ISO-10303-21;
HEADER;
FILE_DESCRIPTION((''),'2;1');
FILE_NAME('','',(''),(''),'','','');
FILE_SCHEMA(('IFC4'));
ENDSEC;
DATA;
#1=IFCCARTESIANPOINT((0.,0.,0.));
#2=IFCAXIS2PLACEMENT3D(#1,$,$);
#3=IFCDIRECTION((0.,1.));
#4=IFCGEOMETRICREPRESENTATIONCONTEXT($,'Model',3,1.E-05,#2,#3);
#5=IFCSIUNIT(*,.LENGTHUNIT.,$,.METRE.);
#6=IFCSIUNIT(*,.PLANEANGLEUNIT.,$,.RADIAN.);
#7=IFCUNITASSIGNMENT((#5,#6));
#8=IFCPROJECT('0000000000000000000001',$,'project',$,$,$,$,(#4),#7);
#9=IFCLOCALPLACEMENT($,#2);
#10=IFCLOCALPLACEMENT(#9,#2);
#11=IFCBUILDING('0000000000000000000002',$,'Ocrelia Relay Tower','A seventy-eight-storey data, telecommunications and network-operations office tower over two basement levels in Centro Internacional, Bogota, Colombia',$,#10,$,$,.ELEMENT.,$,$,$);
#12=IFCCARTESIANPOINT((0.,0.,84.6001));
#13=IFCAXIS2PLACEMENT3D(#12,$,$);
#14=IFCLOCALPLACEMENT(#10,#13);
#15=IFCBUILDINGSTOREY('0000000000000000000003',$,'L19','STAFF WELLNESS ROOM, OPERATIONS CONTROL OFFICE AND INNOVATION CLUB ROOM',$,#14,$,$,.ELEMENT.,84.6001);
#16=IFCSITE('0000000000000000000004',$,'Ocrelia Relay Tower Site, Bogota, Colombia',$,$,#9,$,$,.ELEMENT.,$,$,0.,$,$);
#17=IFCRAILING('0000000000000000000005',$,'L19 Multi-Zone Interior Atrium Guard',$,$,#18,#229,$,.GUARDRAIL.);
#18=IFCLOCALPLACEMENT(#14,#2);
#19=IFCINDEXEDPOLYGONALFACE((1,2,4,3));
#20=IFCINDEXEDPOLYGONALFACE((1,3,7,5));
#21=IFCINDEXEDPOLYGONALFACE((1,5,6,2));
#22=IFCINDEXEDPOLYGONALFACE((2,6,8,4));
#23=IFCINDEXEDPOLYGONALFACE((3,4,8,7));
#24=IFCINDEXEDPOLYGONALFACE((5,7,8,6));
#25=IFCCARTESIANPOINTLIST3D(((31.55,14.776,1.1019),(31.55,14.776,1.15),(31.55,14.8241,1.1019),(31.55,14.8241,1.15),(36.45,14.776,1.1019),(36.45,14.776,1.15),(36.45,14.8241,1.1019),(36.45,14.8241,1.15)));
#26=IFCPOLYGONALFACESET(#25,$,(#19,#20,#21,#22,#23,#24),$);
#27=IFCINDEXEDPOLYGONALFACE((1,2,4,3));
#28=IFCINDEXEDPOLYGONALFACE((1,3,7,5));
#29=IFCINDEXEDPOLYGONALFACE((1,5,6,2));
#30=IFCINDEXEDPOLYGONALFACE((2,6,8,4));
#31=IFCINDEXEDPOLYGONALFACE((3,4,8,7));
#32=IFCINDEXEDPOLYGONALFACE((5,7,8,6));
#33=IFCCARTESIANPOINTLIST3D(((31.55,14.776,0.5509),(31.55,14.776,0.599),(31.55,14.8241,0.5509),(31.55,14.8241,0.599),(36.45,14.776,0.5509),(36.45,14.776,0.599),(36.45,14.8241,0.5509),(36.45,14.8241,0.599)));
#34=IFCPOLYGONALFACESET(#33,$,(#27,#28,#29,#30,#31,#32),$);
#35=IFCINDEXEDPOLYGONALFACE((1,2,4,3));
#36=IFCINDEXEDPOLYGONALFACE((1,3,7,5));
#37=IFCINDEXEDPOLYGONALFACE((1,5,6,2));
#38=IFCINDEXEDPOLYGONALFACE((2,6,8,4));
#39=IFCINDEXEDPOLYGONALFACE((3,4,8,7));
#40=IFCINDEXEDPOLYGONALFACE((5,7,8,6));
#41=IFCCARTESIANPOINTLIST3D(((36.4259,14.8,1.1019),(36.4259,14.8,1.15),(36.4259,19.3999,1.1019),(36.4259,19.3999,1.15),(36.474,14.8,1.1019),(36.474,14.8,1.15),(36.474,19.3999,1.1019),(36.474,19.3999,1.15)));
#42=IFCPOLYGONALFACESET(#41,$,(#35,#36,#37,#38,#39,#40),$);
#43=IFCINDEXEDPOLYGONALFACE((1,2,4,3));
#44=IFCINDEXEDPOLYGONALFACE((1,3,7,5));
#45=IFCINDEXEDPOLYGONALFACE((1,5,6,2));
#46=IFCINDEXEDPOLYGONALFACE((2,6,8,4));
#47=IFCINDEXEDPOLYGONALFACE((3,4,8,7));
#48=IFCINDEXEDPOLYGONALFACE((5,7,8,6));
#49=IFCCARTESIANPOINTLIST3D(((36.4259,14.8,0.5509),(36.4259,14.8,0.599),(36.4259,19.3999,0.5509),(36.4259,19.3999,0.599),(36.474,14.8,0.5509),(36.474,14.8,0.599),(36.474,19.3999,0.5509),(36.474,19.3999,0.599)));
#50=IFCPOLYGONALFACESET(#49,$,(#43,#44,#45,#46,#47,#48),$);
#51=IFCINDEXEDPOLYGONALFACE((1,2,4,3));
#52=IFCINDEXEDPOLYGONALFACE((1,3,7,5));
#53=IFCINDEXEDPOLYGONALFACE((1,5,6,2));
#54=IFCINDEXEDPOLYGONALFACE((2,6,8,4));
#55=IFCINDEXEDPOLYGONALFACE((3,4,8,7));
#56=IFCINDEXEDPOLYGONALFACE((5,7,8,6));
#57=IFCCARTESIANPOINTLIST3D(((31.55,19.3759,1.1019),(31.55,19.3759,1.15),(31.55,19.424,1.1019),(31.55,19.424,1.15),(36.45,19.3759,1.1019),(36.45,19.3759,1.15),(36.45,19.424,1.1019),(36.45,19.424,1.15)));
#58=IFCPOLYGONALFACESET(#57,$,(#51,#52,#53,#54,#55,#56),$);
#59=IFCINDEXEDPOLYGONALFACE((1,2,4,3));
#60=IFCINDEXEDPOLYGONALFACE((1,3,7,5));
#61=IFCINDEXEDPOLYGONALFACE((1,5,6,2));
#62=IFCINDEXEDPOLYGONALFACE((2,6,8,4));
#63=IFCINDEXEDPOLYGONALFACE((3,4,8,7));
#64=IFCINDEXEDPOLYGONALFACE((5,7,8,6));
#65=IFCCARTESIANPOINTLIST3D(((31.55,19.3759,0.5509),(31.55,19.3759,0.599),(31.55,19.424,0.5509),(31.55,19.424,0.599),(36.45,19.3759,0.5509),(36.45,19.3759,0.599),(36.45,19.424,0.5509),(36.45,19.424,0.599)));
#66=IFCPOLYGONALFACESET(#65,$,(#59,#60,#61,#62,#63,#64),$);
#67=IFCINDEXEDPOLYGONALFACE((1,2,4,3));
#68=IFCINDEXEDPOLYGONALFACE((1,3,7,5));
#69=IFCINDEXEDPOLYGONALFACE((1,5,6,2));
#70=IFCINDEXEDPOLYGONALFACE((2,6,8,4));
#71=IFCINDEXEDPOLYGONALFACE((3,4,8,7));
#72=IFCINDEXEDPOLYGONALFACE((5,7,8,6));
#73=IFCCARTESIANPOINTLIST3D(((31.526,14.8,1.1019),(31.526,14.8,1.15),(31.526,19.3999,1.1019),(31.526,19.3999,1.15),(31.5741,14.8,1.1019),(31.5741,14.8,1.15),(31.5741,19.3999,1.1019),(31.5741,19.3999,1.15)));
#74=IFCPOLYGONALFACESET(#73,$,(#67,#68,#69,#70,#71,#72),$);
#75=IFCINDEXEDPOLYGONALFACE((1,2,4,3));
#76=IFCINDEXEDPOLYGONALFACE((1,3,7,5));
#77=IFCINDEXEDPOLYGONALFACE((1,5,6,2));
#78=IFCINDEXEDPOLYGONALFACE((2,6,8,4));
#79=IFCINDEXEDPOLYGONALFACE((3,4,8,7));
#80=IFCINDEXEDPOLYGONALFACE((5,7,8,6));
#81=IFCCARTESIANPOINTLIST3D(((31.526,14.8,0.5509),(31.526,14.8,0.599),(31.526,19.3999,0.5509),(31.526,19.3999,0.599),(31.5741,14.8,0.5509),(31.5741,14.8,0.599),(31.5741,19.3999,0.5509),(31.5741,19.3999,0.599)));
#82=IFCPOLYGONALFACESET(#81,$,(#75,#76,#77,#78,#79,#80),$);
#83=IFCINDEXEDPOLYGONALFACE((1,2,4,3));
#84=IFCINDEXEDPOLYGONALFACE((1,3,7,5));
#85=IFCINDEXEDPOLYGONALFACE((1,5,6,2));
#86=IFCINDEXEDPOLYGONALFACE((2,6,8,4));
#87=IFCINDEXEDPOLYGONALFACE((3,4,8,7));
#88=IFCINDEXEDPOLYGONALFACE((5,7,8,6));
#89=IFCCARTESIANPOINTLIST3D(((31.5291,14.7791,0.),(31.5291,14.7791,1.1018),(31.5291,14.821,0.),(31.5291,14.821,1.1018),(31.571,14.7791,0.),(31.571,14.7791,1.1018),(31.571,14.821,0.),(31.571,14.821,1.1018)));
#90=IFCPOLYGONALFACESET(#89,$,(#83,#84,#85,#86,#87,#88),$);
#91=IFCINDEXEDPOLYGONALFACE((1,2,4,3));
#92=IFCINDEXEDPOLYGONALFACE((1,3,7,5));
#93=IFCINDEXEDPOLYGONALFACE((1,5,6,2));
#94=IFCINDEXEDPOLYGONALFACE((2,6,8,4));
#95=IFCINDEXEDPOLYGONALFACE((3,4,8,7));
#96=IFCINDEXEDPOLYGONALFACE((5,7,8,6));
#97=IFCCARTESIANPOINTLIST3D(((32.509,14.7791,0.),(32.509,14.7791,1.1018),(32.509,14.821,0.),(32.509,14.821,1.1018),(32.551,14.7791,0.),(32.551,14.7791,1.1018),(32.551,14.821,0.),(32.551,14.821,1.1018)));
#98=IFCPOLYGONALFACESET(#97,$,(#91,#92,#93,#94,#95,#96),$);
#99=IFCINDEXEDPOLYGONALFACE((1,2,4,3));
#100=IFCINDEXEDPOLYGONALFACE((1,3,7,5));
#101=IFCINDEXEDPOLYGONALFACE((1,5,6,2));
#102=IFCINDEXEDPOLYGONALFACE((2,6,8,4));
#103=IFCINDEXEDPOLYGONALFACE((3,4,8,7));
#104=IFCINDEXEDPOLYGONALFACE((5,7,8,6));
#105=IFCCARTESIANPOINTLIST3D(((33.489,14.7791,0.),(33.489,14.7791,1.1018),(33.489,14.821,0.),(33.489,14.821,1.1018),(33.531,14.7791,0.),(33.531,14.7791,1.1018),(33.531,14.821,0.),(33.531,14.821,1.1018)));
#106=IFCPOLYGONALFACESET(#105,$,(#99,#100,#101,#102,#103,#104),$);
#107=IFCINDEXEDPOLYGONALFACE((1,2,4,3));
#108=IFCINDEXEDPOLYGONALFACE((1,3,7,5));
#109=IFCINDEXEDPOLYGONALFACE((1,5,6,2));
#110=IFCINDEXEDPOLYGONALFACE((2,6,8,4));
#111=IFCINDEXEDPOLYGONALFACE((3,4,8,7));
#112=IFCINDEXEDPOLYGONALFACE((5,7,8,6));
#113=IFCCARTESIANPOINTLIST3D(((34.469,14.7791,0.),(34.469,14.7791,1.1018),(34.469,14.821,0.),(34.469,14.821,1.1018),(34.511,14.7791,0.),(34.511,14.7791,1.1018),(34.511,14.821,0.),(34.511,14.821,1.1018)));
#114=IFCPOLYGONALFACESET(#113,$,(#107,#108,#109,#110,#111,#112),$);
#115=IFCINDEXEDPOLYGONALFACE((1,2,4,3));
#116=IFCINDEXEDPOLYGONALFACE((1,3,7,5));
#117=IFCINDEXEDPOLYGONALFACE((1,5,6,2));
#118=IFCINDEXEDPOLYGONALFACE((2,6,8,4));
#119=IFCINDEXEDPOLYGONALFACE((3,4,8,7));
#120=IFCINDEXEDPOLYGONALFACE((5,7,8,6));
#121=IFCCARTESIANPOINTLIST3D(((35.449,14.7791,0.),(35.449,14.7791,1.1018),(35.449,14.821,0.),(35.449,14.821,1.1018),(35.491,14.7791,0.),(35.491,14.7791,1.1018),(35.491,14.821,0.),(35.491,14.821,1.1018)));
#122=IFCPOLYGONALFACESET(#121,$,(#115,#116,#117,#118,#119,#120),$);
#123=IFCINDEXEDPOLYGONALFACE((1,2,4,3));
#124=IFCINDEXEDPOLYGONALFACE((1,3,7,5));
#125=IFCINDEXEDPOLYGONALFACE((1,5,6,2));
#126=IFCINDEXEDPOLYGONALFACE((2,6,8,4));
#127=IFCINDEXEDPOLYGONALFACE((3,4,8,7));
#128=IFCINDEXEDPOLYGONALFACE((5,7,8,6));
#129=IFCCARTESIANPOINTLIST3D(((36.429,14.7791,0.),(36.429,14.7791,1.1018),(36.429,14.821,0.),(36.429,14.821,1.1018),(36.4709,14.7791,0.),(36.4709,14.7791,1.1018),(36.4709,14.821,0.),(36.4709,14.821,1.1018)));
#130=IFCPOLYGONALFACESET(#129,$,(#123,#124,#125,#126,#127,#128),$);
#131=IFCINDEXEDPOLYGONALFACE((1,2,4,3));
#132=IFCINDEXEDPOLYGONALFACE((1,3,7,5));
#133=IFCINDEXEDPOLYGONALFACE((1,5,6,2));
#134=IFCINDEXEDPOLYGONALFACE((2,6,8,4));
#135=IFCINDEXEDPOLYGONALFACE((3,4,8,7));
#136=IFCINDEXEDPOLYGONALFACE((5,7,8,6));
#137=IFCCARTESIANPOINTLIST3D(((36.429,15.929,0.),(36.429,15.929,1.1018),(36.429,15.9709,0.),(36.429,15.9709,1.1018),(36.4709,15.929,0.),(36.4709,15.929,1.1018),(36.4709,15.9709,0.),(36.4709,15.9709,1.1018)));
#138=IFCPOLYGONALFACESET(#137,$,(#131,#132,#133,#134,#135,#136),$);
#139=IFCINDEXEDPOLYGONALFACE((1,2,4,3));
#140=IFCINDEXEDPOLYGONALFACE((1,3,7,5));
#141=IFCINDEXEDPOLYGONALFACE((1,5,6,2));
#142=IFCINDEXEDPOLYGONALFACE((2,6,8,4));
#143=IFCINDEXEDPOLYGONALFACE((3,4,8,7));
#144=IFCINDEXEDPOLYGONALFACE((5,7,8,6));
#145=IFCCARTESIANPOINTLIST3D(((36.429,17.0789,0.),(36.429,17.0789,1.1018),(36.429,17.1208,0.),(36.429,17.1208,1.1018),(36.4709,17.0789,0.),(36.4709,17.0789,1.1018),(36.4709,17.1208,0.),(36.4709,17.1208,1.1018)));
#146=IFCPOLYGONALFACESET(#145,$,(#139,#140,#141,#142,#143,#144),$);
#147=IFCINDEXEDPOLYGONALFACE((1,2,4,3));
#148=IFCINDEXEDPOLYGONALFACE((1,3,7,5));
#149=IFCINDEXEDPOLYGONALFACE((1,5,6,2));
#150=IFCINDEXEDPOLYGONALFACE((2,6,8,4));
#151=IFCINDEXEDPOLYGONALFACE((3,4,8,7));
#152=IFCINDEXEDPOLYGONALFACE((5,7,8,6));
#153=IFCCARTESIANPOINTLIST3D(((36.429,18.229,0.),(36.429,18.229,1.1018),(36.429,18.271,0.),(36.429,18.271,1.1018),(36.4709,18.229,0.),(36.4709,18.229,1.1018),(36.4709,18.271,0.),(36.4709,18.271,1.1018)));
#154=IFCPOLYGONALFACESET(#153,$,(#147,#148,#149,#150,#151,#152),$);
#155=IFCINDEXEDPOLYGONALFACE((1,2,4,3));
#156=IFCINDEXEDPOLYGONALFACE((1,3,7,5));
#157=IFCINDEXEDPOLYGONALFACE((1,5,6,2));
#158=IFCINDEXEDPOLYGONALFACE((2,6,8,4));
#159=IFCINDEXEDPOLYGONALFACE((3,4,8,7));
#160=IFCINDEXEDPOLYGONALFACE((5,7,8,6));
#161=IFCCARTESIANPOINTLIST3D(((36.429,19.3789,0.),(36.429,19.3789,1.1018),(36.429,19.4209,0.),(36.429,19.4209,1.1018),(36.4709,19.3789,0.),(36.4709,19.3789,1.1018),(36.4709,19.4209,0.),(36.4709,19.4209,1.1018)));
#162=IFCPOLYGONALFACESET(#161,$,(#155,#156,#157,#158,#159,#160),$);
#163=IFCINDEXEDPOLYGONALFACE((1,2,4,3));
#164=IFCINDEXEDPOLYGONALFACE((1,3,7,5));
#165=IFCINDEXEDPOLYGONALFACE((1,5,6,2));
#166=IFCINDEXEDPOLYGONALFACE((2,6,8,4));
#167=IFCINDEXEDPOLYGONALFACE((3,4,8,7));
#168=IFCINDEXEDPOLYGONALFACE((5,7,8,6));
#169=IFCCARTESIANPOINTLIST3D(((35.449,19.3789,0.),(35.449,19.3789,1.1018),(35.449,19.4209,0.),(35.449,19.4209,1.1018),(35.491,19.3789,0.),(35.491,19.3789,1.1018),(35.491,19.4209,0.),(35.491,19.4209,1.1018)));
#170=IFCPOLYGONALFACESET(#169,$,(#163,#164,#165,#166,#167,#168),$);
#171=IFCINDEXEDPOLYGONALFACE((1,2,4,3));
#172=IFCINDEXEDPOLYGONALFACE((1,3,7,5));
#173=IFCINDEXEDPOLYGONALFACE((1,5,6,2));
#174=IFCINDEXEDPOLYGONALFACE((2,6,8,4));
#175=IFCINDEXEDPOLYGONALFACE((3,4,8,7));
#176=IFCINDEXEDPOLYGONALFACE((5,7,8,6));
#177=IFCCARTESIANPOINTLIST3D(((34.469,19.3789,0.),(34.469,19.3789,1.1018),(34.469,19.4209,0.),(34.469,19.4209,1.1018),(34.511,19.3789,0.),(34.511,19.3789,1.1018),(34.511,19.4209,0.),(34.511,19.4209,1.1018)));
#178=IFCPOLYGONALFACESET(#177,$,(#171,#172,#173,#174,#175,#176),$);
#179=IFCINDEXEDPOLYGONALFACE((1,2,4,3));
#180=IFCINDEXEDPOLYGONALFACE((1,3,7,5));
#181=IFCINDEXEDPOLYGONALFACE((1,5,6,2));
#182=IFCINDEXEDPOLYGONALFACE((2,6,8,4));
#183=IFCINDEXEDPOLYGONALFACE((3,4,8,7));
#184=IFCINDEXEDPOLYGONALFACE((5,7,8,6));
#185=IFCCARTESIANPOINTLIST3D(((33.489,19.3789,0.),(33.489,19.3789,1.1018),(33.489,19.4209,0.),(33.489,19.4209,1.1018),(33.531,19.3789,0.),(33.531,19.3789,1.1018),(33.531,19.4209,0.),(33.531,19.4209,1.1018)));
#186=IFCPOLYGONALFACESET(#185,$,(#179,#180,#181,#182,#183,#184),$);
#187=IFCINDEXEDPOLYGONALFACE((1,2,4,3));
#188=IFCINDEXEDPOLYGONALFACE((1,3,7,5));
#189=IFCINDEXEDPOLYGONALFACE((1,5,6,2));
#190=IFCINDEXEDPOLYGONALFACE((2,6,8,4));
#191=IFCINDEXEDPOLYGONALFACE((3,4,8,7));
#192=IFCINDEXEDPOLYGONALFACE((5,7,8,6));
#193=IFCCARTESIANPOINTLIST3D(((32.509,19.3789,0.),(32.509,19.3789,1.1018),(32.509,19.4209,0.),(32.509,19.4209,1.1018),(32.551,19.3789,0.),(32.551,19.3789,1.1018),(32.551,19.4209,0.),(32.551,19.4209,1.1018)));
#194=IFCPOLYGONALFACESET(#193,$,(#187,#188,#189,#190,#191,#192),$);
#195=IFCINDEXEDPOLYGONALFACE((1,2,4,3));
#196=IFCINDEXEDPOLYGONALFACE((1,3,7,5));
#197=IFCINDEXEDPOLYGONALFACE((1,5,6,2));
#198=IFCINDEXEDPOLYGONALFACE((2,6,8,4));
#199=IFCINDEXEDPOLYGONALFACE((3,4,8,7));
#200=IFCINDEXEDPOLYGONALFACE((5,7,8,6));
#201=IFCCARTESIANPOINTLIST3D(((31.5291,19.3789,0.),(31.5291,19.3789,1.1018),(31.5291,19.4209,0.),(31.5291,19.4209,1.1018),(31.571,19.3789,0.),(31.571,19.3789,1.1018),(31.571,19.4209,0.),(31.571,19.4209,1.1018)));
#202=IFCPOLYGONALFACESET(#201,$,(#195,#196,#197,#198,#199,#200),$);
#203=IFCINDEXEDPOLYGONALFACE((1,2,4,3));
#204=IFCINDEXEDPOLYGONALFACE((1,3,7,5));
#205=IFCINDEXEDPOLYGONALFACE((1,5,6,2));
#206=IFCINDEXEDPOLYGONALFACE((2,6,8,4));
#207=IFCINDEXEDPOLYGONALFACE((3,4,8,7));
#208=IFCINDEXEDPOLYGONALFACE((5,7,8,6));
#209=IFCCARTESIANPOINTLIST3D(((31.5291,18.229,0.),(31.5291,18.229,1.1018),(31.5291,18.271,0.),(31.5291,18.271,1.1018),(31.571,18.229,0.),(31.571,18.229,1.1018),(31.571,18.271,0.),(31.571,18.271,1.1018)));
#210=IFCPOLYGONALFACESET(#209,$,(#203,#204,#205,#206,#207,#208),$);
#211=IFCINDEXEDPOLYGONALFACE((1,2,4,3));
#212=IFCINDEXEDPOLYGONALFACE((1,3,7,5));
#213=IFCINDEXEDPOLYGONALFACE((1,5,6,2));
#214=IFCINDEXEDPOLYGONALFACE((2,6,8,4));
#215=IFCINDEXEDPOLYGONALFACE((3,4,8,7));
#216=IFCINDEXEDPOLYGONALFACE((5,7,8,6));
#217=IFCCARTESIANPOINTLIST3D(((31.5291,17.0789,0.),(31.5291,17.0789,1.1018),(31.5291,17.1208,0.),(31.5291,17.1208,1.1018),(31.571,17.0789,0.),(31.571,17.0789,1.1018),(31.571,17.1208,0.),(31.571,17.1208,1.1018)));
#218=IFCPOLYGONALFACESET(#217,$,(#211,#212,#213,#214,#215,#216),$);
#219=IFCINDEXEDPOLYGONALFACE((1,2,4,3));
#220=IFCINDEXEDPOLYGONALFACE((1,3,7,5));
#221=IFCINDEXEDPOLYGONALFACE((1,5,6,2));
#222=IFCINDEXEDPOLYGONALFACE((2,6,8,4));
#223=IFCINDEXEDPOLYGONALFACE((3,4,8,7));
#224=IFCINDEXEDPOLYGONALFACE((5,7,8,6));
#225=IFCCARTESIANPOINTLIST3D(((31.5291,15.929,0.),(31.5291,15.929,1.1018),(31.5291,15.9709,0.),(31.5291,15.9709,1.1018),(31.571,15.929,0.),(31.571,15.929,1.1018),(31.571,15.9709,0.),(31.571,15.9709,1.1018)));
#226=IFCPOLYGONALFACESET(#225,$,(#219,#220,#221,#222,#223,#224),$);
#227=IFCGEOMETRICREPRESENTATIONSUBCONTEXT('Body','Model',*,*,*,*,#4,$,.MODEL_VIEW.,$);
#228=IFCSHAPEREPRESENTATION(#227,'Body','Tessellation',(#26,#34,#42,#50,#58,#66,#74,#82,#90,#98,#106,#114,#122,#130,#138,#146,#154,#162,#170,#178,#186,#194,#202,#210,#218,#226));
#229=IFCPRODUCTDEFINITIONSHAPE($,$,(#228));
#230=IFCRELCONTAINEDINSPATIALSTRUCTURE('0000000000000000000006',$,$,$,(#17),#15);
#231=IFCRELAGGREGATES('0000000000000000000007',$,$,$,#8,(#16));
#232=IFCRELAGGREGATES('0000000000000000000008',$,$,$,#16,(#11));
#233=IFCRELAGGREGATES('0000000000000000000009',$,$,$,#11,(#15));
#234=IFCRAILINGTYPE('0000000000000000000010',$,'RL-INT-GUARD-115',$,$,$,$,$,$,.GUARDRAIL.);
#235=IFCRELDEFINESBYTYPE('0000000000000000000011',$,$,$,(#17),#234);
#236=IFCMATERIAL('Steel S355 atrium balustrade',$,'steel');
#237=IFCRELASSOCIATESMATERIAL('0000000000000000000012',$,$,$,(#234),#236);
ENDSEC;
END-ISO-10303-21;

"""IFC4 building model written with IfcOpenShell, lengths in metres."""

from ifc_helpers import new_model, si_unit, direction, frame, origin, origin_2d, place, context, subcontext, project, spatial, rectangle, extrude, material, type_object, element, save


model = new_model("IFC4")

# Units and contexts
model_context = context("Model", 3, precision=1e-05, world=origin(), true_north=direction((0.0, 1.0)))
body_context = subcontext(model_context, "Body", "Model", "MODEL_VIEW")
ifc_project = project(units=[si_unit("LENGTHUNIT", "METRE"), si_unit("PLANEANGLEUNIT", "RADIAN")], contexts=[model_context])

# Site, building, storey
site_placement = place(None, origin())
site = spatial("IfcSite", under=ifc_project, at=site_placement, Name="Ocrelia Relay Tower Site, Bogota, Colombia", CompositionType="ELEMENT", RefElevation=0.0)
building_placement = place(site_placement, origin())
building = spatial("IfcBuilding", under=site, at=building_placement, Name="Ocrelia Relay Tower", Description="A seventy-eight-storey data, telecommunications and network-operations office tower over two basement levels in Centro Internacional, Bogota, Colombia", CompositionType="ELEMENT")
storey_placement = place(building_placement, frame((0.0, 0.0, 84.6001)))
storey = spatial("IfcBuildingStorey", under=building, at=storey_placement, Name="L19", Description="STAFF WELLNESS ROOM, OPERATIONS CONTROL OFFICE AND INNOVATION CLUB ROOM", CompositionType="ELEMENT", Elevation=84.6001)

# Railing
ifc_material_1 = material(Name="Steel S355 atrium balustrade", Category="steel")
railing_type = type_object("IfcRailingType", Name="RL-INT-GUARD-115", PredefinedType="GUARDRAIL", material=ifc_material_1)
railing_placement = place(storey_placement, frame((31.55, 14.8, 0.0)))
element("IfcRailing", 1, at=railing_placement, inside=storey, type_object=railing_type, Name="L19 Multi-Zone Interior Atrium Guard", PredefinedType="GUARDRAIL", context=body_context, shape_type="SweptSolid", body=[
    extrude(rectangle(XDim=0.0481, YDim=0.0481, at=origin_2d()), frame((0.0, 0.0, 1.126), z_axis=(1.0, 0.0, 0.0), x_axis=(0.0, 1.0, 0.0)), (0.0, 0.0, 1.0), 4.8999),
    extrude(rectangle(XDim=0.0481, YDim=0.0481, at=origin_2d()), frame((0.0, 0.0, 0.575), z_axis=(1.0, 0.0, 0.0), x_axis=(0.0, 1.0, 0.0)), (0.0, 0.0, 1.0), 4.8999),
    extrude(rectangle(XDim=0.0481, YDim=0.0481, at=origin_2d()), frame((4.8999, 0.0, 1.126), z_axis=(0.0, 1.0, 0.0), x_axis=(-1.0, 0.0, 0.0)), (0.0, 0.0, 1.0), 4.5999),
    extrude(rectangle(XDim=0.0481, YDim=0.0481, at=origin_2d()), frame((4.8999, 0.0, 0.575), z_axis=(0.0, 1.0, 0.0), x_axis=(-1.0, 0.0, 0.0)), (0.0, 0.0, 1.0), 4.5999),
    extrude(rectangle(XDim=0.0481, YDim=0.0481, at=origin_2d()), frame((4.8999, 4.5999, 1.126), z_axis=(-1.0, 0.0, 0.0), x_axis=(0.0, -1.0, 0.0)), (0.0, 0.0, 1.0), 4.8999),
    extrude(rectangle(XDim=0.0481, YDim=0.0481, at=origin_2d()), frame((4.8999, 4.5999, 0.575), z_axis=(-1.0, 0.0, 0.0), x_axis=(0.0, -1.0, 0.0)), (0.0, 0.0, 1.0), 4.8999),
    extrude(rectangle(XDim=0.0481, YDim=0.0481, at=origin_2d()), frame((0.0, 4.5999, 1.126), z_axis=(0.0, -1.0, 0.0), x_axis=(1.0, 0.0, 0.0)), (0.0, 0.0, 1.0), 4.5999),
    extrude(rectangle(XDim=0.0481, YDim=0.0481, at=origin_2d()), frame((0.0, 4.5999, 0.575), z_axis=(0.0, -1.0, 0.0), x_axis=(1.0, 0.0, 0.0)), (0.0, 0.0, 1.0), 4.5999),
    extrude(rectangle(XDim=0.042, YDim=0.042, at=origin_2d()), origin(), (0.0, 0.0, 1.0), 1.1018),
    extrude(rectangle(XDim=0.042, YDim=0.042, at=origin_2d()), frame((0.98, 0.0, 0.0)), (0.0, 0.0, 1.0), 1.1018),
    extrude(rectangle(XDim=0.042, YDim=0.042, at=origin_2d()), frame((1.96, 0.0, 0.0)), (0.0, 0.0, 1.0), 1.1018),
    extrude(rectangle(XDim=0.042, YDim=0.042, at=origin_2d()), frame((2.9399, 0.0, 0.0)), (0.0, 0.0, 1.0), 1.1018),
    extrude(rectangle(XDim=0.042, YDim=0.042, at=origin_2d()), frame((3.9199, 0.0, 0.0)), (0.0, 0.0, 1.0), 1.1018),
    extrude(rectangle(XDim=0.042, YDim=0.042, at=origin_2d()), frame((4.8999, 0.0, 0.0)), (0.0, 0.0, 1.0), 1.1018),
    extrude(rectangle(XDim=0.042, YDim=0.042, at=origin_2d()), frame((4.8999, 1.1499, 0.0)), (0.0, 0.0, 1.0), 1.1018),
    extrude(rectangle(XDim=0.042, YDim=0.042, at=origin_2d()), frame((4.8999, 2.2998, 0.0)), (0.0, 0.0, 1.0), 1.1018),
    extrude(rectangle(XDim=0.042, YDim=0.042, at=origin_2d()), frame((4.8999, 3.45, 0.0)), (0.0, 0.0, 1.0), 1.1018),
    extrude(rectangle(XDim=0.042, YDim=0.042, at=origin_2d()), frame((4.8999, 4.5999, 0.0)), (0.0, 0.0, 1.0), 1.1018),
    extrude(rectangle(XDim=0.042, YDim=0.042, at=origin_2d()), frame((3.9199, 4.5999, 0.0)), (0.0, 0.0, 1.0), 1.1018),
    extrude(rectangle(XDim=0.042, YDim=0.042, at=origin_2d()), frame((2.9399, 4.5999, 0.0)), (0.0, 0.0, 1.0), 1.1018),
    extrude(rectangle(XDim=0.042, YDim=0.042, at=origin_2d()), frame((1.96, 4.5999, 0.0)), (0.0, 0.0, 1.0), 1.1018),
    extrude(rectangle(XDim=0.042, YDim=0.042, at=origin_2d()), frame((0.98, 4.5999, 0.0)), (0.0, 0.0, 1.0), 1.1018),
    extrude(rectangle(XDim=0.042, YDim=0.042, at=origin_2d()), frame((0.0, 4.5999, 0.0)), (0.0, 0.0, 1.0), 1.1018),
    extrude(rectangle(XDim=0.042, YDim=0.042, at=origin_2d()), frame((0.0, 3.45, 0.0)), (0.0, 0.0, 1.0), 1.1018),
    extrude(rectangle(XDim=0.042, YDim=0.042, at=origin_2d()), frame((0.0, 2.2998, 0.0)), (0.0, 0.0, 1.0), 1.1018),
    extrude(rectangle(XDim=0.042, YDim=0.042, at=origin_2d()), frame((0.0, 1.1499, 0.0)), (0.0, 0.0, 1.0), 1.1018),
])

save(model, "model.ifc")
